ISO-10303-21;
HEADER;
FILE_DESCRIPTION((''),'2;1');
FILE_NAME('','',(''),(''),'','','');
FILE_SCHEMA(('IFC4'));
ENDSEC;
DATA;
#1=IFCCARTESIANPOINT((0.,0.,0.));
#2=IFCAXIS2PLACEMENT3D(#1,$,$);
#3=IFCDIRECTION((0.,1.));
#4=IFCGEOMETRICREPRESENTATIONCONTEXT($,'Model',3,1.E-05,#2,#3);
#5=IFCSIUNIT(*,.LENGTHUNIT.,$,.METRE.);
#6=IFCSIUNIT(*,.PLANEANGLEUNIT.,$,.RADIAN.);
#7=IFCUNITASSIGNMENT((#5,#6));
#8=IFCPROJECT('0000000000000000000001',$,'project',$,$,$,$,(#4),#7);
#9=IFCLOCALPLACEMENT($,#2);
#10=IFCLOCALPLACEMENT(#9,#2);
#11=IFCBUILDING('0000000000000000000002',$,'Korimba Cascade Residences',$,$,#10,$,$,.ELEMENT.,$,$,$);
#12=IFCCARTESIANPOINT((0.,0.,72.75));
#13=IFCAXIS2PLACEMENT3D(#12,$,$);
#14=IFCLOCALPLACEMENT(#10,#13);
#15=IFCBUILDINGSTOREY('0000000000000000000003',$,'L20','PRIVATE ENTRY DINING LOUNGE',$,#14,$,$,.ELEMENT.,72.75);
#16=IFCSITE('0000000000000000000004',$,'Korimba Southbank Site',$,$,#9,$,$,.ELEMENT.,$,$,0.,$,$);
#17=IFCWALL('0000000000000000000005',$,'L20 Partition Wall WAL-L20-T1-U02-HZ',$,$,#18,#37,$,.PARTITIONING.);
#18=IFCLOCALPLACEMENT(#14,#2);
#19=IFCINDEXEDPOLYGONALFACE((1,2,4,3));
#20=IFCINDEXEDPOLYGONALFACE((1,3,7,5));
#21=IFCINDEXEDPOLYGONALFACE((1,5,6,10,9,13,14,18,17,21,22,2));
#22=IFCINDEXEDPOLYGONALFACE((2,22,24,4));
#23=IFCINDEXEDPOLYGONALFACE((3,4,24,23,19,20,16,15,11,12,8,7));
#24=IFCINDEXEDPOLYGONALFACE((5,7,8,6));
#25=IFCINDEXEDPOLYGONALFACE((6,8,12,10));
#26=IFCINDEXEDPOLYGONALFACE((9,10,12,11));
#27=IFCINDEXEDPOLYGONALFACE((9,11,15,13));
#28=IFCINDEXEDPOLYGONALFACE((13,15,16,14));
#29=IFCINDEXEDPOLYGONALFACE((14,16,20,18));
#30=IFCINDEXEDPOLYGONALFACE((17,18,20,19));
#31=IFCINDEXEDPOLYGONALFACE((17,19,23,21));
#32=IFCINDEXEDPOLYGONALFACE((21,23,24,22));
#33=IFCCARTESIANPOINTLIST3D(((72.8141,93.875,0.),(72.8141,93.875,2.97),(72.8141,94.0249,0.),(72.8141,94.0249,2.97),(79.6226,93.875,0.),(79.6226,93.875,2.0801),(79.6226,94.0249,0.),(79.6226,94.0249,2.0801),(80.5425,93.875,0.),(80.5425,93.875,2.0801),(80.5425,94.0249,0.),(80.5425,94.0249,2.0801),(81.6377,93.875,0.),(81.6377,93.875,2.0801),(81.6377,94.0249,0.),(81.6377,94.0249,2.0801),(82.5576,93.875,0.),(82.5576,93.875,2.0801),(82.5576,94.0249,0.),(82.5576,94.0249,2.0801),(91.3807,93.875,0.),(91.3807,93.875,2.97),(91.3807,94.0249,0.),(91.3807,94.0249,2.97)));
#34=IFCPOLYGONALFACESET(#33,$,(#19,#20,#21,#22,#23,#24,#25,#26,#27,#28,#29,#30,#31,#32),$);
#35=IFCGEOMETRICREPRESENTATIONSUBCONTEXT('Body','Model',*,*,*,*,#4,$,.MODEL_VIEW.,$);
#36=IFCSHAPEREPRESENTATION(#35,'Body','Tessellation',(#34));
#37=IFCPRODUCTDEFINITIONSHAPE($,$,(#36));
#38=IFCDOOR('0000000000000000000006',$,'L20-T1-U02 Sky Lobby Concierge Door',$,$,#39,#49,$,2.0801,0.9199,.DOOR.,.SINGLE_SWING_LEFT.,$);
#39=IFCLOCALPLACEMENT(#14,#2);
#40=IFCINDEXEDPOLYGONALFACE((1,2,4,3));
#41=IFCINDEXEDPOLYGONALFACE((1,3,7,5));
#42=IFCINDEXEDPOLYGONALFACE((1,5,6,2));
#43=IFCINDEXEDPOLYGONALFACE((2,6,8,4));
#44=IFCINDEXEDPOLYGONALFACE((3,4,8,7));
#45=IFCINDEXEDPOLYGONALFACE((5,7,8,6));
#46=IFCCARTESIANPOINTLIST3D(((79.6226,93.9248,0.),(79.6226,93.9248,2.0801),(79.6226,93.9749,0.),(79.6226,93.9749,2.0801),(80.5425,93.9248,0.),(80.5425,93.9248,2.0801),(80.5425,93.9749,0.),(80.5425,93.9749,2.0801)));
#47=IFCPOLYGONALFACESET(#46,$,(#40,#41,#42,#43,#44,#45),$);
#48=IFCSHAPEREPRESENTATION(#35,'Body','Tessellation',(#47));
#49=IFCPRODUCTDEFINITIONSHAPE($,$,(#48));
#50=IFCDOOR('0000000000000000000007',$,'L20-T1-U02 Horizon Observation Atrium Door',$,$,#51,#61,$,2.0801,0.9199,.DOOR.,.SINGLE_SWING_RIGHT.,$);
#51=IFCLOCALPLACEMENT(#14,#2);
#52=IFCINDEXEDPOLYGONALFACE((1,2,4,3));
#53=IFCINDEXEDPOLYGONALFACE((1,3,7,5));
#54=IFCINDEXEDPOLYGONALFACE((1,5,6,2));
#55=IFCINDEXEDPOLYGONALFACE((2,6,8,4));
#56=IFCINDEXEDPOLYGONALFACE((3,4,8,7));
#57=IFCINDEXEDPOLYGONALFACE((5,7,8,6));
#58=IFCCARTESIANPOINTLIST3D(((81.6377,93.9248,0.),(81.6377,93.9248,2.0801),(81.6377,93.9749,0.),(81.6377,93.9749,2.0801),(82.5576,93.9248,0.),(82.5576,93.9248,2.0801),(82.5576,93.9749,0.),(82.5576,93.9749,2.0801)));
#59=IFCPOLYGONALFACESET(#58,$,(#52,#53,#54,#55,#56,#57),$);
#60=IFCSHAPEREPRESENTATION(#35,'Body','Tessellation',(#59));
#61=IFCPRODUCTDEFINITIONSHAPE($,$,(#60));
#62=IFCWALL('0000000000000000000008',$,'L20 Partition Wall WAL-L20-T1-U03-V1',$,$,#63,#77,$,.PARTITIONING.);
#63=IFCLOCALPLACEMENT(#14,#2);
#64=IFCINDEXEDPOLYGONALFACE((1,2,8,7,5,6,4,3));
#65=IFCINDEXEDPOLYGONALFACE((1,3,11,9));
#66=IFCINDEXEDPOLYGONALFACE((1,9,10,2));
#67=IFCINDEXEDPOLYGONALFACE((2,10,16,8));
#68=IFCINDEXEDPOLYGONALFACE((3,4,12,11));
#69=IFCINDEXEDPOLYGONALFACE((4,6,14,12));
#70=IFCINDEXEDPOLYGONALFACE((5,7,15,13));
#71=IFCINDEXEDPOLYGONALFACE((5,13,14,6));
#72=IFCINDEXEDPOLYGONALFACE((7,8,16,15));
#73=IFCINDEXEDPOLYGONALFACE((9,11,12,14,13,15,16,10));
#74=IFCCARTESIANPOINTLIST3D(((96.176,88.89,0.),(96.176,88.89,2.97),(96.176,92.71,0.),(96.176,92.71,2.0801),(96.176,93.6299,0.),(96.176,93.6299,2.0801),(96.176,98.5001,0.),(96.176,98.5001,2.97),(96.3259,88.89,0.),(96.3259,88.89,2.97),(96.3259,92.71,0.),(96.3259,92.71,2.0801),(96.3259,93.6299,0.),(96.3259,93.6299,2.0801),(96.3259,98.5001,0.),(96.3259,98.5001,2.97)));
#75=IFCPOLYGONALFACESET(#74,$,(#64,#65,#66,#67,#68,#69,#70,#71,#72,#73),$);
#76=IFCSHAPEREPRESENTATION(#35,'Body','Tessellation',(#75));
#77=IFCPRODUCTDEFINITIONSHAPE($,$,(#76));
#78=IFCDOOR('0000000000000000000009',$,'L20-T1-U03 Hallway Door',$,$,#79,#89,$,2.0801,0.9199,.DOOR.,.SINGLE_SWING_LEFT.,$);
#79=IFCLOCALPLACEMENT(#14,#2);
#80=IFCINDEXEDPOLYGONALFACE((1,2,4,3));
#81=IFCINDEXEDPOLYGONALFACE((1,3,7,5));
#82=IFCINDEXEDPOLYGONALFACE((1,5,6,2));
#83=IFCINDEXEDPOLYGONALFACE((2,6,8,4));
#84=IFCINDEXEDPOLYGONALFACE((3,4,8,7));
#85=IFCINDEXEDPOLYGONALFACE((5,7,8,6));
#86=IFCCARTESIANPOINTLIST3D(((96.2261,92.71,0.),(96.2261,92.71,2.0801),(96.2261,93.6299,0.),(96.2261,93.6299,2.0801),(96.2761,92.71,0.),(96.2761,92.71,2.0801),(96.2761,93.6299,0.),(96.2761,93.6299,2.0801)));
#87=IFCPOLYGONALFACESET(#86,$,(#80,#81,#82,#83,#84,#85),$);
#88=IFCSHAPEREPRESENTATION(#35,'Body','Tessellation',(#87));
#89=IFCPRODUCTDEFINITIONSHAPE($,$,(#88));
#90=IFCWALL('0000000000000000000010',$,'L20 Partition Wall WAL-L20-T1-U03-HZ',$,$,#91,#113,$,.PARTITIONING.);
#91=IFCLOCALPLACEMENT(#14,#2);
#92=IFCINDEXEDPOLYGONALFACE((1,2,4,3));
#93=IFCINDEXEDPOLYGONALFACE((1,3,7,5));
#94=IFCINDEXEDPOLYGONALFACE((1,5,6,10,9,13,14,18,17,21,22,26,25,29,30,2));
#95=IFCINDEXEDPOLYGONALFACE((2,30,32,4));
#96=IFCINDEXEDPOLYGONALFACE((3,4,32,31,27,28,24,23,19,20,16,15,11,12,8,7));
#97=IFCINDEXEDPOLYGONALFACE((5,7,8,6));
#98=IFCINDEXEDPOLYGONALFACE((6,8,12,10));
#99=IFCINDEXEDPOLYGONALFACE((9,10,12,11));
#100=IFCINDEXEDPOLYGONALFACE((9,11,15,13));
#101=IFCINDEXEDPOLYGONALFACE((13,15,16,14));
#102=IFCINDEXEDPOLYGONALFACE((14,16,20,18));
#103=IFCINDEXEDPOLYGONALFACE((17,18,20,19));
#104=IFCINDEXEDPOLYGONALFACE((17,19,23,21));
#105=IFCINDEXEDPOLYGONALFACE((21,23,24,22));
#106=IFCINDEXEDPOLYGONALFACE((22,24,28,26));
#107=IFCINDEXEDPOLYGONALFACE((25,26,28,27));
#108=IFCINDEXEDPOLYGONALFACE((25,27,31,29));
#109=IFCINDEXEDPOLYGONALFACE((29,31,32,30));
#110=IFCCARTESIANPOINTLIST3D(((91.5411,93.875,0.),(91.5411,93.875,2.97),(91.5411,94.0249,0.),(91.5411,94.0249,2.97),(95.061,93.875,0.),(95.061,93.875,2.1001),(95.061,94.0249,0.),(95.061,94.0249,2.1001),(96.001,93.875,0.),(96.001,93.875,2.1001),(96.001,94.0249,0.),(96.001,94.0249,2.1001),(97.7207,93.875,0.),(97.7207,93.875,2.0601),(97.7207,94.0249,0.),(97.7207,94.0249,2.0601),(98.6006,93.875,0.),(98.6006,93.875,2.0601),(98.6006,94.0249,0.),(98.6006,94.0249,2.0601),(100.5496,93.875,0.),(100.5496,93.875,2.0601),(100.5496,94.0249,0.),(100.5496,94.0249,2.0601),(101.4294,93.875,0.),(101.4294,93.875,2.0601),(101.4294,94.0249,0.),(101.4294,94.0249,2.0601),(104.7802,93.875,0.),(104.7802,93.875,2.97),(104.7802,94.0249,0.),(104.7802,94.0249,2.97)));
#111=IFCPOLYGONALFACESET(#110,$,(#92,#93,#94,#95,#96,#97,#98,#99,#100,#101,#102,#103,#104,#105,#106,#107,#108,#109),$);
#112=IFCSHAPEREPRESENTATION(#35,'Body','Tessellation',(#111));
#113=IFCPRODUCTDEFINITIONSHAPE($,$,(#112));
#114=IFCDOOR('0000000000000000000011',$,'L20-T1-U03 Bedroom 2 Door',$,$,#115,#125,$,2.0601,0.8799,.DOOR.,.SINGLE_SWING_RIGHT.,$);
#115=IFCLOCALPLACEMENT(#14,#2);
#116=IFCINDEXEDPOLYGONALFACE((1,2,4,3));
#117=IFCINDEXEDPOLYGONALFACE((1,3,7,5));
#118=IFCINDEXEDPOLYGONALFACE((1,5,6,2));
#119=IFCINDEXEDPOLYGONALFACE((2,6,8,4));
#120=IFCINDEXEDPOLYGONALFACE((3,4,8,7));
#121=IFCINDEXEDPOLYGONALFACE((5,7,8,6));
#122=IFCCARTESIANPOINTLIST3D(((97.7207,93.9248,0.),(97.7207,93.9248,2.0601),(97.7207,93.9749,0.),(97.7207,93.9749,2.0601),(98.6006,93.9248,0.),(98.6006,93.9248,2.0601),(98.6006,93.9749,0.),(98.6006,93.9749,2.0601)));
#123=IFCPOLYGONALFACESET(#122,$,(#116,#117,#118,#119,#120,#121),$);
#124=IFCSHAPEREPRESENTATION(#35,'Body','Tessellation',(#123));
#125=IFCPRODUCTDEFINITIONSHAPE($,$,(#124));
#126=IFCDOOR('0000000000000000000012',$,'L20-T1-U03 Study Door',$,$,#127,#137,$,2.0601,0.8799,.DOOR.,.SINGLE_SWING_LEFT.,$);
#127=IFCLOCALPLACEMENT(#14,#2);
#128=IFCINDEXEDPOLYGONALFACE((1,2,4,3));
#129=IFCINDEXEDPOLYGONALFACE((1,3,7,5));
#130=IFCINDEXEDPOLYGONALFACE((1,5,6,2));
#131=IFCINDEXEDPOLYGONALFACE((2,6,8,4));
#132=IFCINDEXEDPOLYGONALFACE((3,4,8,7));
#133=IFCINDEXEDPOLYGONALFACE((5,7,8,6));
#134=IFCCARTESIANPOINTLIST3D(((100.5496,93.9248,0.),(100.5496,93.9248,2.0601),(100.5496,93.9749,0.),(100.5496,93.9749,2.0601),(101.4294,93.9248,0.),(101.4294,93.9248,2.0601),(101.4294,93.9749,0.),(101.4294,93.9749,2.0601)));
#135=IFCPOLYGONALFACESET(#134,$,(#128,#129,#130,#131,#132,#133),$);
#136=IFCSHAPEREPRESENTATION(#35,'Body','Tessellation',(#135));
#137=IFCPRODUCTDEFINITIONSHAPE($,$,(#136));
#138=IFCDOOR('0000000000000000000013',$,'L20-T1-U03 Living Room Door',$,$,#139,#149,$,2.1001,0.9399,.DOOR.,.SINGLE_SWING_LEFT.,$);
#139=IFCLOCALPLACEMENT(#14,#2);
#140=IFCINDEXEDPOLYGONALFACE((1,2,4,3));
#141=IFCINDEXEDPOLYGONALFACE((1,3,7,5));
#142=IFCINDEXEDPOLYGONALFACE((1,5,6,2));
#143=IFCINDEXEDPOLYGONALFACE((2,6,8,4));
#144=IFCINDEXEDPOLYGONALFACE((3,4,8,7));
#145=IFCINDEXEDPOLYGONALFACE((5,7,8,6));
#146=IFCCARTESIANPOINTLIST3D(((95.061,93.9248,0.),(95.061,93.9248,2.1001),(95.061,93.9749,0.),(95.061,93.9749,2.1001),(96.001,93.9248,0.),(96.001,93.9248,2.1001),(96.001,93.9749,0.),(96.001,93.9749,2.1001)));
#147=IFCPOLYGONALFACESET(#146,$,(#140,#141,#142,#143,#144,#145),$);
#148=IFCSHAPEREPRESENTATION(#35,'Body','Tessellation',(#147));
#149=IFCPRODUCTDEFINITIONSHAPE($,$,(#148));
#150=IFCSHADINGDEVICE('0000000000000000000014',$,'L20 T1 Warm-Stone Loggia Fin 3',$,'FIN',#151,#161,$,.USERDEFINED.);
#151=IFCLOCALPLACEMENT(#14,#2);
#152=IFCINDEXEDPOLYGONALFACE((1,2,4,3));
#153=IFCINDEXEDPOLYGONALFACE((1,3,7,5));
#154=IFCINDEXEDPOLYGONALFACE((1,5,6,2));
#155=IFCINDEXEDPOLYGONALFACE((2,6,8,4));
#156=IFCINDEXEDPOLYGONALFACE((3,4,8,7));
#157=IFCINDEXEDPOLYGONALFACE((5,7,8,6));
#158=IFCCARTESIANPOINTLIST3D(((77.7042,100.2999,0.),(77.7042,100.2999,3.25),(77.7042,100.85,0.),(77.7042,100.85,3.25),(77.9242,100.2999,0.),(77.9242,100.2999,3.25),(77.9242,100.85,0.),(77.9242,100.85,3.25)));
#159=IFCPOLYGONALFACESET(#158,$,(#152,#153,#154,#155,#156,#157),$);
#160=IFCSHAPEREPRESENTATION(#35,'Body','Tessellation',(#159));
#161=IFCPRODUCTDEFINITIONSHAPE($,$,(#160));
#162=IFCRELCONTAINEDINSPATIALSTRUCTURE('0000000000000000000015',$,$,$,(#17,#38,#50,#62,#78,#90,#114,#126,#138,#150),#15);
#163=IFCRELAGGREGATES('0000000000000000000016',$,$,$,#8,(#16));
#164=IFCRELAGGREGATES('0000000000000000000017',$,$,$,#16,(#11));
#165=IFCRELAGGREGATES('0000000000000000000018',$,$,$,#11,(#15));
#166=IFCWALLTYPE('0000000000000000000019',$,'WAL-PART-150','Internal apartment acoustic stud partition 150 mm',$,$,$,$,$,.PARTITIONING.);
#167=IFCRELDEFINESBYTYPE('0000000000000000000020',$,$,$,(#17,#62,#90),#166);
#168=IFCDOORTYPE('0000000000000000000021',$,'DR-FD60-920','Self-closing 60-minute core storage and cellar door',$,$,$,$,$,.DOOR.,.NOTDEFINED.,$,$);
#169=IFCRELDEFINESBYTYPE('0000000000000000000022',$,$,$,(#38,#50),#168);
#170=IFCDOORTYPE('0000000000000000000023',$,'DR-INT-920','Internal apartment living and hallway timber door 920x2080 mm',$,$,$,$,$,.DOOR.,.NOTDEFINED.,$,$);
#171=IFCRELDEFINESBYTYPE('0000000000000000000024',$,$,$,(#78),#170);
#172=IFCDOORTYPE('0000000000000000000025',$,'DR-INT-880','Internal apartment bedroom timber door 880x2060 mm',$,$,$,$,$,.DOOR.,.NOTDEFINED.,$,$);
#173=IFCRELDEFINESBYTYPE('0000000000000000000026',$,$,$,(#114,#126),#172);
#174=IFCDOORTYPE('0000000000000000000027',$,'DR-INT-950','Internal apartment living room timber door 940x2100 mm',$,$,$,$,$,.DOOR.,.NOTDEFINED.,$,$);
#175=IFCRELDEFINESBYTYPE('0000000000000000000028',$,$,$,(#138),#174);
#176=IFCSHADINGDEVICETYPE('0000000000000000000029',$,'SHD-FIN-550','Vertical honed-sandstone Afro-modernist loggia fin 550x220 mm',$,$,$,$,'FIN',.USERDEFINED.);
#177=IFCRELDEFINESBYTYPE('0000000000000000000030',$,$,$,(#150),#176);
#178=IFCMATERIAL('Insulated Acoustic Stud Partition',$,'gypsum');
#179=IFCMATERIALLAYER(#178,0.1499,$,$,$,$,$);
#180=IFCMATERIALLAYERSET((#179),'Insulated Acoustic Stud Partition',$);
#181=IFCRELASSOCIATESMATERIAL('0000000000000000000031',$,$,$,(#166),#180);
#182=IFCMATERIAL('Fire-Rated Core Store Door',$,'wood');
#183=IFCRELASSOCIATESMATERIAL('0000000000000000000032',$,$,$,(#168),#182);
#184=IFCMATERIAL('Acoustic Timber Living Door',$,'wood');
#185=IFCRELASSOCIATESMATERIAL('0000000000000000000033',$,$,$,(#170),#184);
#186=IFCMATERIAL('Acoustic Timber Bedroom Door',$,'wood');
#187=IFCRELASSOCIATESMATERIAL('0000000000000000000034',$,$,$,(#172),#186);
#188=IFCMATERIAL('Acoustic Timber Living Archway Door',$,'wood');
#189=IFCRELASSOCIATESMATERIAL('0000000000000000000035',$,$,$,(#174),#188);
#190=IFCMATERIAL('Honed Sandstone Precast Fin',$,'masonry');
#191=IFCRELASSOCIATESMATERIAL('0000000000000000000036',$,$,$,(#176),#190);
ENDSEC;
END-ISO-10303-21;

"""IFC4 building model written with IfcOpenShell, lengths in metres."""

from ifc_helpers import new_model, si_unit, direction, frame, frame_2d, origin, origin_2d, place, context, subcontext, project, spatial, rectangle, extrude, material, layer, layer_set, type_object, element, fill, save


model = new_model("IFC4")

# Units and contexts
model_context = context("Model", 3, precision=1e-05, world=origin(), true_north=direction((0.0, 1.0)))
body_context = subcontext(model_context, "Body", "Model", "MODEL_VIEW")
ifc_project = project(units=[si_unit("LENGTHUNIT", "METRE"), si_unit("PLANEANGLEUNIT", "RADIAN")], contexts=[model_context])

# Site, building, storey
site_placement = place(None, origin())
site = spatial("IfcSite", under=ifc_project, at=site_placement, Name="Korimba Southbank Site", CompositionType="ELEMENT", RefElevation=0.0)
building_placement = place(site_placement, origin())
building = spatial("IfcBuilding", under=site, at=building_placement, Name="Korimba Cascade Residences", CompositionType="ELEMENT")
storey_placement = place(building_placement, frame((0.0, 0.0, 72.75)))
storey = spatial("IfcBuildingStorey", under=building, at=storey_placement, Name="L20", Description="PRIVATE ENTRY DINING LOUNGE", CompositionType="ELEMENT", Elevation=72.75)

# Shared definitions
ifc_material_1 = material(Name="Insulated Acoustic Stud Partition", Category="gypsum")
ifc_layer = layer(ifc_material_1, 0.1499)
ifc_layer_set = layer_set([ifc_layer], Name="Insulated Acoustic Stud Partition")
wall_type = type_object("IfcWallType", Name="WAL-PART-150", Description="Internal apartment acoustic stud partition 150 mm", PredefinedType="PARTITIONING", material=ifc_layer_set)

# Wall, openings, doors
wall_1_placement = place(storey_placement, frame((72.8142, 93.95, 0.0), z_axis=(0.0, 0.0, 1.0), x_axis=(1.0, 0.0, 0.0)))
wall_1 = element("IfcWall", 1, at=wall_1_placement, inside=storey, type_object=wall_type, Name="L20 Partition Wall WAL-L20-T1-U02-HZ", PredefinedType="PARTITIONING", context=body_context, shape_type="SweptSolid", body=[
    extrude(rectangle(XDim=18.5667, YDim=0.1499, at=frame_2d((9.2832, 0.0))), origin(), (0.0, 0.0, 1.0), 2.97),
])
opening_1_placement = place(wall_1_placement, frame((6.8083, 0.0, 0.0)))
opening_1 = element("IfcOpeningElement", 2, at=opening_1_placement, cuts=wall_1, PredefinedType="OPENING", context=body_context, shape_type="SweptSolid", body=[
    extrude(rectangle(XDim=0.9199, YDim=2.0801, at=frame_2d((0.46, 1.04))), frame((0.0, 0.085, 0.0), z_axis=(0.0, -1.0, 0.0), x_axis=(1.0, 0.0, 0.0)), (0.0, 0.0, 1.0), 0.1699),
])
opening_2_placement = place(wall_1_placement, frame((8.8235, 0.0, 0.0)))
opening_2 = element("IfcOpeningElement", 3, at=opening_2_placement, cuts=wall_1, PredefinedType="OPENING", context=body_context, shape_type="SweptSolid", body=[
    extrude(rectangle(XDim=0.9199, YDim=2.0801, at=frame_2d((0.46, 1.04))), frame((0.0, 0.085, 0.0), z_axis=(0.0, -1.0, 0.0), x_axis=(1.0, 0.0, 0.0)), (0.0, 0.0, 1.0), 0.1699),
])
ifc_material_2 = material(Name="Fire-Rated Core Store Door", Category="wood")
door_type_1 = type_object("IfcDoorType", Name="DR-FD60-920", Description="Self-closing 60-minute core storage and cellar door", OperationType="NOTDEFINED", PredefinedType="DOOR", material=ifc_material_2)
door_1_placement = place(opening_1_placement, origin())
door_1 = element("IfcDoor", 4, at=door_1_placement, inside=storey, type_object=door_type_1, Name="L20-T1-U02 Sky Lobby Concierge Door", OperationType="SINGLE_SWING_LEFT", OverallHeight=2.0801, OverallWidth=0.9199, PredefinedType="DOOR", context=body_context, shape_type="SweptSolid", body=[
    extrude(rectangle(XDim=0.9199, YDim=2.0801, at=frame_2d((0.46, 1.04))), frame((0.0, 0.0249, 0.0), z_axis=(0.0, -1.0, 0.0), x_axis=(1.0, 0.0, 0.0)), (0.0, 0.0, 1.0), 0.05),
])
fill(opening_1, door_1)
door_2_placement = place(opening_2_placement, origin())
door_2 = element("IfcDoor", 5, at=door_2_placement, inside=storey, type_object=door_type_1, Name="L20-T1-U02 Horizon Observation Atrium Door", OperationType="SINGLE_SWING_RIGHT", OverallHeight=2.0801, OverallWidth=0.9199, PredefinedType="DOOR", context=body_context, shape_type="SweptSolid", body=[
    extrude(rectangle(XDim=0.9199, YDim=2.0801, at=frame_2d((0.46, 1.04))), frame((0.0, 0.0249, 0.0), z_axis=(0.0, -1.0, 0.0), x_axis=(1.0, 0.0, 0.0)), (0.0, 0.0, 1.0), 0.05),
])
fill(opening_2, door_2)

# Wall, opening, door
wall_2_placement = place(storey_placement, frame((96.251, 88.8899, 0.0), z_axis=(0.0, 0.0, 1.0), x_axis=(0.0, 1.0, 0.0)))
wall_2 = element("IfcWall", 6, at=wall_2_placement, inside=storey, type_object=wall_type, Name="L20 Partition Wall WAL-L20-T1-U03-V1", PredefinedType="PARTITIONING", context=body_context, shape_type="SweptSolid", body=[
    extrude(rectangle(XDim=9.6101, YDim=0.1499, at=frame_2d((4.8052, 0.0))), origin(), (0.0, 0.0, 1.0), 2.97),
])
opening_3_placement = place(wall_2_placement, frame((3.8201, 0.0, 0.0)))
opening_3 = element("IfcOpeningElement", 7, at=opening_3_placement, cuts=wall_2, PredefinedType="OPENING", context=body_context, shape_type="SweptSolid", body=[
    extrude(rectangle(XDim=0.9199, YDim=2.0801, at=frame_2d((0.46, 1.04))), frame((0.0, 0.085, 0.0), z_axis=(0.0, -1.0, 0.0), x_axis=(1.0, 0.0, 0.0)), (0.0, 0.0, 1.0), 0.1699),
])
ifc_material_3 = material(Name="Acoustic Timber Living Door", Category="wood")
door_type_2 = type_object("IfcDoorType", Name="DR-INT-920", Description="Internal apartment living and hallway timber door 920x2080 mm", OperationType="NOTDEFINED", PredefinedType="DOOR", material=ifc_material_3)
door_3_placement = place(opening_3_placement, origin())
door_3 = element("IfcDoor", 8, at=door_3_placement, inside=storey, type_object=door_type_2, Name="L20-T1-U03 Hallway Door", OperationType="SINGLE_SWING_LEFT", OverallHeight=2.0801, OverallWidth=0.9199, PredefinedType="DOOR", context=body_context, shape_type="SweptSolid", body=[
    extrude(rectangle(XDim=0.9199, YDim=2.0801, at=frame_2d((0.46, 1.04))), frame((0.0, 0.0249, 0.0), z_axis=(0.0, -1.0, 0.0), x_axis=(1.0, 0.0, 0.0)), (0.0, 0.0, 1.0), 0.05),
])
fill(opening_3, door_3)

# Wall, openings, doors
wall_3_placement = place(storey_placement, frame((91.541, 93.95, 0.0), z_axis=(0.0, 0.0, 1.0), x_axis=(1.0, 0.0, 0.0)))
wall_3 = element("IfcWall", 9, at=wall_3_placement, inside=storey, type_object=wall_type, Name="L20 Partition Wall WAL-L20-T1-U03-HZ", PredefinedType="PARTITIONING", context=body_context, shape_type="SweptSolid", body=[
    extrude(rectangle(XDim=13.239, YDim=0.1499, at=frame_2d((6.6196, 0.0))), origin(), (0.0, 0.0, 1.0), 2.97),
])
opening_4_placement = place(wall_3_placement, frame((3.52, 0.0, 0.0)))
opening_4 = element("IfcOpeningElement", 10, at=opening_4_placement, cuts=wall_3, PredefinedType="OPENING", context=body_context, shape_type="SweptSolid", body=[
    extrude(rectangle(XDim=0.9399, YDim=2.1001, at=frame_2d((0.47, 1.05))), frame((0.0, 0.085, 0.0), z_axis=(0.0, -1.0, 0.0), x_axis=(1.0, 0.0, 0.0)), (0.0, 0.0, 1.0), 0.1699),
])
opening_5_placement = place(wall_3_placement, frame((6.1797, 0.0, 0.0)))
opening_5 = element("IfcOpeningElement", 11, at=opening_5_placement, cuts=wall_3, PredefinedType="OPENING", context=body_context, shape_type="SweptSolid", body=[
    extrude(rectangle(XDim=0.8799, YDim=2.0601, at=frame_2d((0.4399, 1.03))), frame((0.0, 0.085, 0.0), z_axis=(0.0, -1.0, 0.0), x_axis=(1.0, 0.0, 0.0)), (0.0, 0.0, 1.0), 0.1699),
])
opening_6_placement = place(wall_3_placement, frame((9.0085, 0.0, 0.0)))
opening_6 = element("IfcOpeningElement", 12, at=opening_6_placement, cuts=wall_3, PredefinedType="OPENING", context=body_context, shape_type="SweptSolid", body=[
    extrude(rectangle(XDim=0.8799, YDim=2.0601, at=frame_2d((0.4399, 1.03))), frame((0.0, 0.085, 0.0), z_axis=(0.0, -1.0, 0.0), x_axis=(1.0, 0.0, 0.0)), (0.0, 0.0, 1.0), 0.1699),
])
ifc_material_4 = material(Name="Acoustic Timber Bedroom Door", Category="wood")
door_type_3 = type_object("IfcDoorType", Name="DR-INT-880", Description="Internal apartment bedroom timber door 880x2060 mm", OperationType="NOTDEFINED", PredefinedType="DOOR", material=ifc_material_4)
door_4_placement = place(opening_5_placement, origin())
door_4 = element("IfcDoor", 13, at=door_4_placement, inside=storey, type_object=door_type_3, Name="L20-T1-U03 Bedroom 2 Door", OperationType="SINGLE_SWING_RIGHT", OverallHeight=2.0601, OverallWidth=0.8799, PredefinedType="DOOR", context=body_context, shape_type="SweptSolid", body=[
    extrude(rectangle(XDim=0.8799, YDim=2.0601, at=frame_2d((0.4399, 1.03))), frame((0.0, 0.0249, 0.0), z_axis=(0.0, -1.0, 0.0), x_axis=(1.0, 0.0, 0.0)), (0.0, 0.0, 1.0), 0.05),
])
fill(opening_5, door_4)
door_5_placement = place(opening_6_placement, origin())
door_5 = element("IfcDoor", 14, at=door_5_placement, inside=storey, type_object=door_type_3, Name="L20-T1-U03 Study Door", OperationType="SINGLE_SWING_LEFT", OverallHeight=2.0601, OverallWidth=0.8799, PredefinedType="DOOR", context=body_context, shape_type="SweptSolid", body=[
    extrude(rectangle(XDim=0.8799, YDim=2.0601, at=frame_2d((0.4399, 1.03))), frame((0.0, 0.0249, 0.0), z_axis=(0.0, -1.0, 0.0), x_axis=(1.0, 0.0, 0.0)), (0.0, 0.0, 1.0), 0.05),
])
fill(opening_6, door_5)
ifc_material_5 = material(Name="Acoustic Timber Living Archway Door", Category="wood")
door_type_4 = type_object("IfcDoorType", Name="DR-INT-950", Description="Internal apartment living room timber door 940x2100 mm", OperationType="NOTDEFINED", PredefinedType="DOOR", material=ifc_material_5)
door_6_placement = place(opening_4_placement, origin())
door_6 = element("IfcDoor", 15, at=door_6_placement, inside=storey, type_object=door_type_4, Name="L20-T1-U03 Living Room Door", OperationType="SINGLE_SWING_LEFT", OverallHeight=2.1001, OverallWidth=0.9399, PredefinedType="DOOR", context=body_context, shape_type="SweptSolid", body=[
    extrude(rectangle(XDim=0.9399, YDim=2.1001, at=frame_2d((0.47, 1.05))), frame((0.0, 0.0249, 0.0), z_axis=(0.0, -1.0, 0.0), x_axis=(1.0, 0.0, 0.0)), (0.0, 0.0, 1.0), 0.05),
])
fill(opening_4, door_6)

# Shading device
ifc_material_6 = material(Name="Honed Sandstone Precast Fin", Category="masonry")
shading_device_type = type_object("IfcShadingDeviceType", Name="SHD-FIN-550", Description="Vertical honed-sandstone Afro-modernist loggia fin 550x220 mm", ElementType="FIN", PredefinedType="USERDEFINED", material=ifc_material_6)
for number, where, z_axis, x_axis, name in (
    (16, (77.8142, 100.575, 0.0), (0.0, 0.0, 1.0), (1.0, 0.0, 0.0), "L20 T1 Warm-Stone Loggia Fin 3"),
):
    element("IfcShadingDevice", number, at=place(storey_placement, frame(where, z_axis=z_axis, x_axis=x_axis)), inside=storey, type_object=shading_device_type, Name=name, ObjectType="FIN", PredefinedType="USERDEFINED", context=body_context, shape_type="SweptSolid", body=[
        extrude(rectangle(XDim=0.22, YDim=0.55, at=origin_2d()), origin(), (0.0, 0.0, 1.0), 3.25),
    ])

save(model, "model.ifc")
